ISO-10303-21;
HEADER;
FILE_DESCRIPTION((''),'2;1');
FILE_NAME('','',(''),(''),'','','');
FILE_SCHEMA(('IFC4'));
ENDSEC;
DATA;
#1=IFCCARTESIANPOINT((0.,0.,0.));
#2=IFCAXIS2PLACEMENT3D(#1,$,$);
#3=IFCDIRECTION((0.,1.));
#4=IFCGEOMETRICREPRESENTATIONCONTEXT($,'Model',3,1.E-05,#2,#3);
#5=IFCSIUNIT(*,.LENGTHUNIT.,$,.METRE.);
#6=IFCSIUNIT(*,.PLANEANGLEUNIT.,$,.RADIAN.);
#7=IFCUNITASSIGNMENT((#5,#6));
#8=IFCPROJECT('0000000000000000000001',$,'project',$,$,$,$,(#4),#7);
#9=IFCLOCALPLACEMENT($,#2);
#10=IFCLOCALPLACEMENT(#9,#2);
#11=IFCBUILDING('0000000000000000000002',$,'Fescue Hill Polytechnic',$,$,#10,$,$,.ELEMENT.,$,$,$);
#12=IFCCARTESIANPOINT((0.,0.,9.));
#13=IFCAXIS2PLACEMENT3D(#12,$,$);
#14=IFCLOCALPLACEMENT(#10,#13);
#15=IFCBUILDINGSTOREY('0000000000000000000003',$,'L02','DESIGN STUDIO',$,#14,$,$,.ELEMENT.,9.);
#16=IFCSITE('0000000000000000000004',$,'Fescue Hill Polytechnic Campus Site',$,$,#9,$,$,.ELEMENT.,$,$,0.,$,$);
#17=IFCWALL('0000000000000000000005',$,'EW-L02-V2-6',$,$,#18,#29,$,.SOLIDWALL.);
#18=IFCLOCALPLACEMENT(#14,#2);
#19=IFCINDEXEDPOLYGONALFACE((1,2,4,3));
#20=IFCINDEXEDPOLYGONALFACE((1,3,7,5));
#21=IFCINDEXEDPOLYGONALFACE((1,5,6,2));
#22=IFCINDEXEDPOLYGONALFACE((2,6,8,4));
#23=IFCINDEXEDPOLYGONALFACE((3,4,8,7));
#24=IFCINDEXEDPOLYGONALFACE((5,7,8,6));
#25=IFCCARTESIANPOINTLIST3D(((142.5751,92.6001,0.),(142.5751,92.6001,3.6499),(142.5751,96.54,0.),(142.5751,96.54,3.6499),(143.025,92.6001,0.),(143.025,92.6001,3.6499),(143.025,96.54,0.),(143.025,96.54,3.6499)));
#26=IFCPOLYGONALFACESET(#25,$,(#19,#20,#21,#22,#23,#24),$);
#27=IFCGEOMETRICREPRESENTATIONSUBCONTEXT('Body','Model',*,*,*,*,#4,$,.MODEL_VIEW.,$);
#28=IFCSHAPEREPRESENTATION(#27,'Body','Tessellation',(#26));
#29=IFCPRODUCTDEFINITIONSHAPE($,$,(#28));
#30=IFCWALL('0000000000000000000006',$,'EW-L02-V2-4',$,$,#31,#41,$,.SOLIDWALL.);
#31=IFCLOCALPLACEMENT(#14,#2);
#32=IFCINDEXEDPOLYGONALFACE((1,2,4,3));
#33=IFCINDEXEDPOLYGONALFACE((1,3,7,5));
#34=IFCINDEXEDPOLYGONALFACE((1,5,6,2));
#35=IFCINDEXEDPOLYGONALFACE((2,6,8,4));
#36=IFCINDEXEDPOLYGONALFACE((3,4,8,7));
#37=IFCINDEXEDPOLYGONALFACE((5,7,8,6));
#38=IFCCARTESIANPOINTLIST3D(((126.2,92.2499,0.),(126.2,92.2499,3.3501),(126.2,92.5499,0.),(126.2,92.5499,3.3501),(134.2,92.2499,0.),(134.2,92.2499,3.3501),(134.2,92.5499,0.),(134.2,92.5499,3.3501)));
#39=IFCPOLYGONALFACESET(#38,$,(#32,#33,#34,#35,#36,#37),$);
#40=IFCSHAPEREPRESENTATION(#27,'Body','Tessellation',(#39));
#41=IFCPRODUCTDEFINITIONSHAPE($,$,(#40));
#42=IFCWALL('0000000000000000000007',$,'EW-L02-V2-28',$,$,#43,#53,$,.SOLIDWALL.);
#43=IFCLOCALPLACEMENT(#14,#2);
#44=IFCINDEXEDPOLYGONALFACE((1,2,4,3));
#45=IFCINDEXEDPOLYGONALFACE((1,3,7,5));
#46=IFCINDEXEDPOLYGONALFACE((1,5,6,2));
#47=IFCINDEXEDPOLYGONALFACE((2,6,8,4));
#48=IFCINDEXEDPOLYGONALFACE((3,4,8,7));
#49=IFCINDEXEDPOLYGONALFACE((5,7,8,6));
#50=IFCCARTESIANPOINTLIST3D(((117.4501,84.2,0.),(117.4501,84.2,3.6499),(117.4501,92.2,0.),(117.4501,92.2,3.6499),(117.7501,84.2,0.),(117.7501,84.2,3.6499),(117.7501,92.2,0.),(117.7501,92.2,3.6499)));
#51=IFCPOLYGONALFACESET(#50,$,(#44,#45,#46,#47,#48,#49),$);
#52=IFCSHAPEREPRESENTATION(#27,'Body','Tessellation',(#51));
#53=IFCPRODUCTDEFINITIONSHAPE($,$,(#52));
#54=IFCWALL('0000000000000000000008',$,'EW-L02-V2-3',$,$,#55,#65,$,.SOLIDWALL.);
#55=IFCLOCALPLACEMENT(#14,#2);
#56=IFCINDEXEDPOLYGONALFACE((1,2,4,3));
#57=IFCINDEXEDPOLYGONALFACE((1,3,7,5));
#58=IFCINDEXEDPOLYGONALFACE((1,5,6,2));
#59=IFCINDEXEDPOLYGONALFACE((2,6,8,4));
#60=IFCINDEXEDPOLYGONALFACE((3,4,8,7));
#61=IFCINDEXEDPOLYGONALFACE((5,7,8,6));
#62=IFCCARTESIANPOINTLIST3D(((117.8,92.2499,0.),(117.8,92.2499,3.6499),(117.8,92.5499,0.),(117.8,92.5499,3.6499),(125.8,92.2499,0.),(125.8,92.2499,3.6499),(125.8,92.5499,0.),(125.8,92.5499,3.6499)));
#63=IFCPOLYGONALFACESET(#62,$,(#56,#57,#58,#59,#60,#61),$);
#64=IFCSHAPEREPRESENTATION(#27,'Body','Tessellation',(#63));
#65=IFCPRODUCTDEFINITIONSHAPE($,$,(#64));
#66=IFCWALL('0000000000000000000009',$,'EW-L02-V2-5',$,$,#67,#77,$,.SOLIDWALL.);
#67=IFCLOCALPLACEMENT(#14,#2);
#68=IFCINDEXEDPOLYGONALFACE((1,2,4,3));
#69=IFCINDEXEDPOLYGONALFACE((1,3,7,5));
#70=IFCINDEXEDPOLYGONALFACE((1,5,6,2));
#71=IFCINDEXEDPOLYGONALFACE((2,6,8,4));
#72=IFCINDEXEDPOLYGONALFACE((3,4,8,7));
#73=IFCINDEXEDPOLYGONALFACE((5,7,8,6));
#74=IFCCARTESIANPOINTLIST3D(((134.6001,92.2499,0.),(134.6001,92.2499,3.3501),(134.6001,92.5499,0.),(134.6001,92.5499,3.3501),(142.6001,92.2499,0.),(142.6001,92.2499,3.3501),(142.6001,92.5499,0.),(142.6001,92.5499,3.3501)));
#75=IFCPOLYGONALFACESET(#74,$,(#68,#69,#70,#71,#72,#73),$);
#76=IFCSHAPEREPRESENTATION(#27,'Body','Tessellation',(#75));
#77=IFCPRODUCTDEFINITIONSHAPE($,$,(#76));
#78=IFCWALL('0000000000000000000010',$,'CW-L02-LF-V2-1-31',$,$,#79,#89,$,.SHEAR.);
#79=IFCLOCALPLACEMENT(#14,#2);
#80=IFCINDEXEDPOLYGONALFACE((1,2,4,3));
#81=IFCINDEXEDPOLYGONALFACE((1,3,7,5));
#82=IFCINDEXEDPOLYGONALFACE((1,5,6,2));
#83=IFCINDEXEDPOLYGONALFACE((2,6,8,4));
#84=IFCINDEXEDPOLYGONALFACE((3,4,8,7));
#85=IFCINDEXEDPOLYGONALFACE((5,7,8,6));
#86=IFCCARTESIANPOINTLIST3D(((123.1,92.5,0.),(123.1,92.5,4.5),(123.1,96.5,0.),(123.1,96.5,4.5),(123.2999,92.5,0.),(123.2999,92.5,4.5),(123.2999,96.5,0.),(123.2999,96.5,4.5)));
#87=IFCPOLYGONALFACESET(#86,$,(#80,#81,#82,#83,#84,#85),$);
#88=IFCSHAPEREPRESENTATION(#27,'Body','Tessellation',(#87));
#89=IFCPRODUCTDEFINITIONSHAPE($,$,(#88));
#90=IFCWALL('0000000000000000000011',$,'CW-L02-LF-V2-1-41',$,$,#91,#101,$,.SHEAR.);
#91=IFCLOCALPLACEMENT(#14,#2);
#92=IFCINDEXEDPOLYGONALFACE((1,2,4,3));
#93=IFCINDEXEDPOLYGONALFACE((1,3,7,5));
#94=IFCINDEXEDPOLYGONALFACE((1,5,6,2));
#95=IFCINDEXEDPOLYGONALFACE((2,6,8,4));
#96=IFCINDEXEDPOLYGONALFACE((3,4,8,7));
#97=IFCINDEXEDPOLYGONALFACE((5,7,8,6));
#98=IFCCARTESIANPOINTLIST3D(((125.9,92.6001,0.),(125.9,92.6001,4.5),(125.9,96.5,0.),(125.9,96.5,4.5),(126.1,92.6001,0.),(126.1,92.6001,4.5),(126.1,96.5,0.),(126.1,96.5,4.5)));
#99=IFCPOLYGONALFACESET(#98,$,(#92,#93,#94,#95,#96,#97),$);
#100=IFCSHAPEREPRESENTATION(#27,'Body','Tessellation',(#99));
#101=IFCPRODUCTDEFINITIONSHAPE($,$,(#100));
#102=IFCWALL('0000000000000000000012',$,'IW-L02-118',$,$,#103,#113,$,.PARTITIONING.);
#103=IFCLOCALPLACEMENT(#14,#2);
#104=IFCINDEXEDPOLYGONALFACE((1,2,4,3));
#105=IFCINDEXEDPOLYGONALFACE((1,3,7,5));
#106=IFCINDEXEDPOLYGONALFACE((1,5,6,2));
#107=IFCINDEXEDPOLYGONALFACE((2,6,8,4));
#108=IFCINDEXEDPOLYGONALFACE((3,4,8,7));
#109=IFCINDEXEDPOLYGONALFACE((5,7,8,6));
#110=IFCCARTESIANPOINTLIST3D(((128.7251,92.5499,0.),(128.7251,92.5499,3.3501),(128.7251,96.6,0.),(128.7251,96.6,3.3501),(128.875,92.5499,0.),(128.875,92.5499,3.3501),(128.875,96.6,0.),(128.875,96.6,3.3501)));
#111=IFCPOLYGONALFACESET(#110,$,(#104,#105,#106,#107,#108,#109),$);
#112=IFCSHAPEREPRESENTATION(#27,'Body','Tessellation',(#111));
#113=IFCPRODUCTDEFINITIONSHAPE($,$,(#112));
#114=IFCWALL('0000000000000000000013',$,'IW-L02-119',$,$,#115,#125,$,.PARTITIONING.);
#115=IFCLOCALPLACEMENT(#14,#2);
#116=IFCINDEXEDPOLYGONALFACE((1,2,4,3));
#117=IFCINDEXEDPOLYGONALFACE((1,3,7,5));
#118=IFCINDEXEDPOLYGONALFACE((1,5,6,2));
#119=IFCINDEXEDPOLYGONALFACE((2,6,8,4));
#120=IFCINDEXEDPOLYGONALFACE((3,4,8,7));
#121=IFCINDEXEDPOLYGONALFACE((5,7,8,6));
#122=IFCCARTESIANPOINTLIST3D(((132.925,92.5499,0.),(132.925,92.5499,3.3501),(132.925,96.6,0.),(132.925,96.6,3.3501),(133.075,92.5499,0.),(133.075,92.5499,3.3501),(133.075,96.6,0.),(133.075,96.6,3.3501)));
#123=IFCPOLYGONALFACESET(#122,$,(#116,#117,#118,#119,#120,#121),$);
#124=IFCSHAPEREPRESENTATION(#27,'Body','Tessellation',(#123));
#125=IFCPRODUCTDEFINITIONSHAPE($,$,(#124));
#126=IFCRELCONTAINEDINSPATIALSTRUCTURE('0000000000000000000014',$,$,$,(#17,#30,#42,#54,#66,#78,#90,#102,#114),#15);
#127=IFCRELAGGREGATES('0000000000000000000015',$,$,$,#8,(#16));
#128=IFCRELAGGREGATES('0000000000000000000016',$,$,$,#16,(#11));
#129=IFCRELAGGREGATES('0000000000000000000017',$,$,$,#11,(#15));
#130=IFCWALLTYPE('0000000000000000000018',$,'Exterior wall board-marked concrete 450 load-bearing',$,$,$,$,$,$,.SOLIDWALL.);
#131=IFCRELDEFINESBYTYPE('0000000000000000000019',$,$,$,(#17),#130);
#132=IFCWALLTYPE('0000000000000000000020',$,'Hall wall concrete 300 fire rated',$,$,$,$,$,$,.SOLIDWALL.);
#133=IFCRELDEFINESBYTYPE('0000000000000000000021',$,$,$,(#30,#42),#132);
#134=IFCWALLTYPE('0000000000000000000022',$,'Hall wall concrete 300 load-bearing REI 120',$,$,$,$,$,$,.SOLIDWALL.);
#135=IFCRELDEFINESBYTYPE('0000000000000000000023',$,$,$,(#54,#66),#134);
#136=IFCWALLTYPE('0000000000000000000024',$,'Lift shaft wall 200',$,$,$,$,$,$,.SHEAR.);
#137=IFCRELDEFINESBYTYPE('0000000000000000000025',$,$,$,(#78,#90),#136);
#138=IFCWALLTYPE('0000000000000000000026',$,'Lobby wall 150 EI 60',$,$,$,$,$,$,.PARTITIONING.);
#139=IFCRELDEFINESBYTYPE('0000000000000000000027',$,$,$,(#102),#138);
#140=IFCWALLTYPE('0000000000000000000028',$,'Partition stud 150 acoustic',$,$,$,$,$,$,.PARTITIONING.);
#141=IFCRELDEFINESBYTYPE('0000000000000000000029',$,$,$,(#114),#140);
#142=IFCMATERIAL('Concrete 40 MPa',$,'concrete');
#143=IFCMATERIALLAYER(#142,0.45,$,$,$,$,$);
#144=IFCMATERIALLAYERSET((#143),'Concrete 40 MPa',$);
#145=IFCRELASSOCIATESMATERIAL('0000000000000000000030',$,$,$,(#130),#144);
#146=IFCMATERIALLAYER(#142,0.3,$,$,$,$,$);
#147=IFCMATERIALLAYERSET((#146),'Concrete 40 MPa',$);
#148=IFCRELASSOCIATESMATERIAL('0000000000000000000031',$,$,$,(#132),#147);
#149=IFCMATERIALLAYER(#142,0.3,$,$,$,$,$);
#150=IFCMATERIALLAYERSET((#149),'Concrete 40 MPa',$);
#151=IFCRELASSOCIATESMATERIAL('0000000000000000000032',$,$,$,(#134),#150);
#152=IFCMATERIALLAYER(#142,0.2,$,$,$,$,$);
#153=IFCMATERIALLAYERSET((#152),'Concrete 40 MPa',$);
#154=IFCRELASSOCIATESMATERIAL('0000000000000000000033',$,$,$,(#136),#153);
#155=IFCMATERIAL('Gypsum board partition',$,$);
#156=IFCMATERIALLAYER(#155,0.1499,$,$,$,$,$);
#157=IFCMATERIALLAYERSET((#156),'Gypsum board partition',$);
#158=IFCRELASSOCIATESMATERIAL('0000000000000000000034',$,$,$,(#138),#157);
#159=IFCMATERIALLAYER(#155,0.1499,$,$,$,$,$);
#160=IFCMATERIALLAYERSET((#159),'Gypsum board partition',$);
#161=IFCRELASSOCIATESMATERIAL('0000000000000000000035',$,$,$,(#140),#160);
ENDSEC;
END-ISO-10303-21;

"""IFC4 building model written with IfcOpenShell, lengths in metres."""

from ifc_helpers import new_model, si_unit, direction, frame, frame_2d, origin, place, context, subcontext, project, spatial, rectangle, extrude, material, layer, layer_set, type_object, element, save


model = new_model("IFC4")

# Units and contexts
model_context = context("Model", 3, precision=1e-05, world=origin(), true_north=direction((0.0, 1.0)))
body_context = subcontext(model_context, "Body", "Model", "MODEL_VIEW")
ifc_project = project(units=[si_unit("LENGTHUNIT", "METRE"), si_unit("PLANEANGLEUNIT", "RADIAN")], contexts=[model_context])

# Site, building, storey
site_placement = place(None, origin())
site = spatial("IfcSite", under=ifc_project, at=site_placement, Name="Fescue Hill Polytechnic Campus Site", CompositionType="ELEMENT", RefElevation=0.0)
building_placement = place(site_placement, origin())
building = spatial("IfcBuilding", under=site, at=building_placement, Name="Fescue Hill Polytechnic", CompositionType="ELEMENT")
storey_placement = place(building_placement, frame((0.0, 0.0, 9.0)))
storey = spatial("IfcBuildingStorey", under=building, at=storey_placement, Name="L02", Description="DESIGN STUDIO", CompositionType="ELEMENT", Elevation=9.0)

# Shared definitions
ifc_material_1 = material(Name="Concrete 40 MPa", Category="concrete")

# Walls
ifc_layer_1 = layer(ifc_material_1, 0.45)
ifc_layer_set_1 = layer_set([ifc_layer_1], Name="Concrete 40 MPa")
wall_type_1 = type_object("IfcWallType", Name="Exterior wall board-marked concrete 450 load-bearing", PredefinedType="SOLIDWALL", material=ifc_layer_set_1)
wall_1_placement = place(storey_placement, frame((142.8, 92.6001, 0.0), z_axis=(0.0, 0.0, 1.0), x_axis=(0.0, 1.0, 0.0)))
element("IfcWall", 1, at=wall_1_placement, inside=storey, type_object=wall_type_1, Name="EW-L02-V2-6", PredefinedType="SOLIDWALL", context=body_context, shape_type="SweptSolid", body=[
    extrude(rectangle(XDim=3.9399, YDim=0.45, at=frame_2d((1.97, 0.0))), origin(), (0.0, 0.0, 1.0), 3.6499),
])
ifc_layer_2 = layer(ifc_material_1, 0.3)
ifc_layer_set_2 = layer_set([ifc_layer_2], Name="Concrete 40 MPa")
wall_type_2 = type_object("IfcWallType", Name="Hall wall concrete 300 fire rated", PredefinedType="SOLIDWALL", material=ifc_layer_set_2)
wall_2_placement = place(storey_placement, frame((126.2, 92.3999, 0.0), z_axis=(0.0, 0.0, 1.0), x_axis=(1.0, 0.0, 0.0)))
element("IfcWall", 2, at=wall_2_placement, inside=storey, type_object=wall_type_2, Name="EW-L02-V2-4", PredefinedType="SOLIDWALL", context=body_context, shape_type="SweptSolid", body=[
    extrude(rectangle(XDim=8.0, YDim=0.3, at=frame_2d((4.0, 0.0))), origin(), (0.0, 0.0, 1.0), 3.3501),
])
wall_3_placement = place(storey_placement, frame((117.6001, 92.2, 0.0), z_axis=(0.0, 0.0, 1.0), x_axis=(0.0, -1.0, 0.0)))
element("IfcWall", 3, at=wall_3_placement, inside=storey, type_object=wall_type_2, Name="EW-L02-V2-28", PredefinedType="SOLIDWALL", context=body_context, shape_type="SweptSolid", body=[
    extrude(rectangle(XDim=8.0, YDim=0.3, at=frame_2d((4.0, 0.0))), origin(), (0.0, 0.0, 1.0), 3.6499),
])
ifc_layer_3 = layer(ifc_material_1, 0.3)
ifc_layer_set_3 = layer_set([ifc_layer_3], Name="Concrete 40 MPa")
wall_type_3 = type_object("IfcWallType", Name="Hall wall concrete 300 load-bearing REI 120", PredefinedType="SOLIDWALL", material=ifc_layer_set_3)
wall_4_placement = place(storey_placement, frame((117.8, 92.3999, 0.0), z_axis=(0.0, 0.0, 1.0), x_axis=(1.0, 0.0, 0.0)))
element("IfcWall", 4, at=wall_4_placement, inside=storey, type_object=wall_type_3, Name="EW-L02-V2-3", PredefinedType="SOLIDWALL", context=body_context, shape_type="SweptSolid", body=[
    extrude(rectangle(XDim=8.0, YDim=0.3, at=frame_2d((4.0, 0.0))), origin(), (0.0, 0.0, 1.0), 3.6499),
])
wall_5_placement = place(storey_placement, frame((134.6001, 92.3999, 0.0), z_axis=(0.0, 0.0, 1.0), x_axis=(1.0, 0.0, 0.0)))
element("IfcWall", 5, at=wall_5_placement, inside=storey, type_object=wall_type_3, Name="EW-L02-V2-5", PredefinedType="SOLIDWALL", context=body_context, shape_type="SweptSolid", body=[
    extrude(rectangle(XDim=8.0, YDim=0.3, at=frame_2d((4.0, 0.0))), origin(), (0.0, 0.0, 1.0), 3.3501),
])
ifc_layer_4 = layer(ifc_material_1, 0.2)
ifc_layer_set_4 = layer_set([ifc_layer_4], Name="Concrete 40 MPa")
wall_type_4 = type_object("IfcWallType", Name="Lift shaft wall 200", PredefinedType="SHEAR", material=ifc_layer_set_4)
wall_6_placement = place(storey_placement, frame((123.2, 92.5, 0.0), z_axis=(0.0, 0.0, 1.0), x_axis=(0.0, 1.0, 0.0)))
element("IfcWall", 6, at=wall_6_placement, inside=storey, type_object=wall_type_4, Name="CW-L02-LF-V2-1-31", PredefinedType="SHEAR", context=body_context, shape_type="SweptSolid", body=[
    extrude(rectangle(XDim=4.0, YDim=0.2, at=frame_2d((2.0, 0.0))), origin(), (0.0, 0.0, 1.0), 4.5),
])
wall_7_placement = place(storey_placement, frame((126.0, 92.6001, 0.0), z_axis=(0.0, 0.0, 1.0), x_axis=(0.0, 1.0, 0.0)))
element("IfcWall", 7, at=wall_7_placement, inside=storey, type_object=wall_type_4, Name="CW-L02-LF-V2-1-41", PredefinedType="SHEAR", context=body_context, shape_type="SweptSolid", body=[
    extrude(rectangle(XDim=3.8999, YDim=0.2, at=frame_2d((1.95, 0.0))), origin(), (0.0, 0.0, 1.0), 4.5),
])
ifc_material_2 = material(Name="Gypsum board partition")
ifc_layer_5 = layer(ifc_material_2, 0.1499)
ifc_layer_set_5 = layer_set([ifc_layer_5], Name="Gypsum board partition")
wall_type_5 = type_object("IfcWallType", Name="Lobby wall 150 EI 60", PredefinedType="PARTITIONING", material=ifc_layer_set_5)
wall_8_placement = place(storey_placement, frame((128.8, 92.55, 0.0), z_axis=(0.0, 0.0, 1.0), x_axis=(0.0, 1.0, 0.0)))
element("IfcWall", 8, at=wall_8_placement, inside=storey, type_object=wall_type_5, Name="IW-L02-118", PredefinedType="PARTITIONING", context=body_context, shape_type="SweptSolid", body=[
    extrude(rectangle(XDim=4.05, YDim=0.1499, at=frame_2d((2.0249, 0.0))), origin(), (0.0, 0.0, 1.0), 3.3501),
])
ifc_layer_6 = layer(ifc_material_2, 0.1499)
ifc_layer_set_6 = layer_set([ifc_layer_6], Name="Gypsum board partition")
wall_type_6 = type_object("IfcWallType", Name="Partition stud 150 acoustic", PredefinedType="PARTITIONING", material=ifc_layer_set_6)
wall_9_placement = place(storey_placement, frame((133.0, 92.55, 0.0), z_axis=(0.0, 0.0, 1.0), x_axis=(0.0, 1.0, 0.0)))
element("IfcWall", 9, at=wall_9_placement, inside=storey, type_object=wall_type_6, Name="IW-L02-119", PredefinedType="PARTITIONING", context=body_context, shape_type="SweptSolid", body=[
    extrude(rectangle(XDim=4.05, YDim=0.1499, at=frame_2d((2.0249, 0.0))), origin(), (0.0, 0.0, 1.0), 3.3501),
])

save(model, "model.ifc")
